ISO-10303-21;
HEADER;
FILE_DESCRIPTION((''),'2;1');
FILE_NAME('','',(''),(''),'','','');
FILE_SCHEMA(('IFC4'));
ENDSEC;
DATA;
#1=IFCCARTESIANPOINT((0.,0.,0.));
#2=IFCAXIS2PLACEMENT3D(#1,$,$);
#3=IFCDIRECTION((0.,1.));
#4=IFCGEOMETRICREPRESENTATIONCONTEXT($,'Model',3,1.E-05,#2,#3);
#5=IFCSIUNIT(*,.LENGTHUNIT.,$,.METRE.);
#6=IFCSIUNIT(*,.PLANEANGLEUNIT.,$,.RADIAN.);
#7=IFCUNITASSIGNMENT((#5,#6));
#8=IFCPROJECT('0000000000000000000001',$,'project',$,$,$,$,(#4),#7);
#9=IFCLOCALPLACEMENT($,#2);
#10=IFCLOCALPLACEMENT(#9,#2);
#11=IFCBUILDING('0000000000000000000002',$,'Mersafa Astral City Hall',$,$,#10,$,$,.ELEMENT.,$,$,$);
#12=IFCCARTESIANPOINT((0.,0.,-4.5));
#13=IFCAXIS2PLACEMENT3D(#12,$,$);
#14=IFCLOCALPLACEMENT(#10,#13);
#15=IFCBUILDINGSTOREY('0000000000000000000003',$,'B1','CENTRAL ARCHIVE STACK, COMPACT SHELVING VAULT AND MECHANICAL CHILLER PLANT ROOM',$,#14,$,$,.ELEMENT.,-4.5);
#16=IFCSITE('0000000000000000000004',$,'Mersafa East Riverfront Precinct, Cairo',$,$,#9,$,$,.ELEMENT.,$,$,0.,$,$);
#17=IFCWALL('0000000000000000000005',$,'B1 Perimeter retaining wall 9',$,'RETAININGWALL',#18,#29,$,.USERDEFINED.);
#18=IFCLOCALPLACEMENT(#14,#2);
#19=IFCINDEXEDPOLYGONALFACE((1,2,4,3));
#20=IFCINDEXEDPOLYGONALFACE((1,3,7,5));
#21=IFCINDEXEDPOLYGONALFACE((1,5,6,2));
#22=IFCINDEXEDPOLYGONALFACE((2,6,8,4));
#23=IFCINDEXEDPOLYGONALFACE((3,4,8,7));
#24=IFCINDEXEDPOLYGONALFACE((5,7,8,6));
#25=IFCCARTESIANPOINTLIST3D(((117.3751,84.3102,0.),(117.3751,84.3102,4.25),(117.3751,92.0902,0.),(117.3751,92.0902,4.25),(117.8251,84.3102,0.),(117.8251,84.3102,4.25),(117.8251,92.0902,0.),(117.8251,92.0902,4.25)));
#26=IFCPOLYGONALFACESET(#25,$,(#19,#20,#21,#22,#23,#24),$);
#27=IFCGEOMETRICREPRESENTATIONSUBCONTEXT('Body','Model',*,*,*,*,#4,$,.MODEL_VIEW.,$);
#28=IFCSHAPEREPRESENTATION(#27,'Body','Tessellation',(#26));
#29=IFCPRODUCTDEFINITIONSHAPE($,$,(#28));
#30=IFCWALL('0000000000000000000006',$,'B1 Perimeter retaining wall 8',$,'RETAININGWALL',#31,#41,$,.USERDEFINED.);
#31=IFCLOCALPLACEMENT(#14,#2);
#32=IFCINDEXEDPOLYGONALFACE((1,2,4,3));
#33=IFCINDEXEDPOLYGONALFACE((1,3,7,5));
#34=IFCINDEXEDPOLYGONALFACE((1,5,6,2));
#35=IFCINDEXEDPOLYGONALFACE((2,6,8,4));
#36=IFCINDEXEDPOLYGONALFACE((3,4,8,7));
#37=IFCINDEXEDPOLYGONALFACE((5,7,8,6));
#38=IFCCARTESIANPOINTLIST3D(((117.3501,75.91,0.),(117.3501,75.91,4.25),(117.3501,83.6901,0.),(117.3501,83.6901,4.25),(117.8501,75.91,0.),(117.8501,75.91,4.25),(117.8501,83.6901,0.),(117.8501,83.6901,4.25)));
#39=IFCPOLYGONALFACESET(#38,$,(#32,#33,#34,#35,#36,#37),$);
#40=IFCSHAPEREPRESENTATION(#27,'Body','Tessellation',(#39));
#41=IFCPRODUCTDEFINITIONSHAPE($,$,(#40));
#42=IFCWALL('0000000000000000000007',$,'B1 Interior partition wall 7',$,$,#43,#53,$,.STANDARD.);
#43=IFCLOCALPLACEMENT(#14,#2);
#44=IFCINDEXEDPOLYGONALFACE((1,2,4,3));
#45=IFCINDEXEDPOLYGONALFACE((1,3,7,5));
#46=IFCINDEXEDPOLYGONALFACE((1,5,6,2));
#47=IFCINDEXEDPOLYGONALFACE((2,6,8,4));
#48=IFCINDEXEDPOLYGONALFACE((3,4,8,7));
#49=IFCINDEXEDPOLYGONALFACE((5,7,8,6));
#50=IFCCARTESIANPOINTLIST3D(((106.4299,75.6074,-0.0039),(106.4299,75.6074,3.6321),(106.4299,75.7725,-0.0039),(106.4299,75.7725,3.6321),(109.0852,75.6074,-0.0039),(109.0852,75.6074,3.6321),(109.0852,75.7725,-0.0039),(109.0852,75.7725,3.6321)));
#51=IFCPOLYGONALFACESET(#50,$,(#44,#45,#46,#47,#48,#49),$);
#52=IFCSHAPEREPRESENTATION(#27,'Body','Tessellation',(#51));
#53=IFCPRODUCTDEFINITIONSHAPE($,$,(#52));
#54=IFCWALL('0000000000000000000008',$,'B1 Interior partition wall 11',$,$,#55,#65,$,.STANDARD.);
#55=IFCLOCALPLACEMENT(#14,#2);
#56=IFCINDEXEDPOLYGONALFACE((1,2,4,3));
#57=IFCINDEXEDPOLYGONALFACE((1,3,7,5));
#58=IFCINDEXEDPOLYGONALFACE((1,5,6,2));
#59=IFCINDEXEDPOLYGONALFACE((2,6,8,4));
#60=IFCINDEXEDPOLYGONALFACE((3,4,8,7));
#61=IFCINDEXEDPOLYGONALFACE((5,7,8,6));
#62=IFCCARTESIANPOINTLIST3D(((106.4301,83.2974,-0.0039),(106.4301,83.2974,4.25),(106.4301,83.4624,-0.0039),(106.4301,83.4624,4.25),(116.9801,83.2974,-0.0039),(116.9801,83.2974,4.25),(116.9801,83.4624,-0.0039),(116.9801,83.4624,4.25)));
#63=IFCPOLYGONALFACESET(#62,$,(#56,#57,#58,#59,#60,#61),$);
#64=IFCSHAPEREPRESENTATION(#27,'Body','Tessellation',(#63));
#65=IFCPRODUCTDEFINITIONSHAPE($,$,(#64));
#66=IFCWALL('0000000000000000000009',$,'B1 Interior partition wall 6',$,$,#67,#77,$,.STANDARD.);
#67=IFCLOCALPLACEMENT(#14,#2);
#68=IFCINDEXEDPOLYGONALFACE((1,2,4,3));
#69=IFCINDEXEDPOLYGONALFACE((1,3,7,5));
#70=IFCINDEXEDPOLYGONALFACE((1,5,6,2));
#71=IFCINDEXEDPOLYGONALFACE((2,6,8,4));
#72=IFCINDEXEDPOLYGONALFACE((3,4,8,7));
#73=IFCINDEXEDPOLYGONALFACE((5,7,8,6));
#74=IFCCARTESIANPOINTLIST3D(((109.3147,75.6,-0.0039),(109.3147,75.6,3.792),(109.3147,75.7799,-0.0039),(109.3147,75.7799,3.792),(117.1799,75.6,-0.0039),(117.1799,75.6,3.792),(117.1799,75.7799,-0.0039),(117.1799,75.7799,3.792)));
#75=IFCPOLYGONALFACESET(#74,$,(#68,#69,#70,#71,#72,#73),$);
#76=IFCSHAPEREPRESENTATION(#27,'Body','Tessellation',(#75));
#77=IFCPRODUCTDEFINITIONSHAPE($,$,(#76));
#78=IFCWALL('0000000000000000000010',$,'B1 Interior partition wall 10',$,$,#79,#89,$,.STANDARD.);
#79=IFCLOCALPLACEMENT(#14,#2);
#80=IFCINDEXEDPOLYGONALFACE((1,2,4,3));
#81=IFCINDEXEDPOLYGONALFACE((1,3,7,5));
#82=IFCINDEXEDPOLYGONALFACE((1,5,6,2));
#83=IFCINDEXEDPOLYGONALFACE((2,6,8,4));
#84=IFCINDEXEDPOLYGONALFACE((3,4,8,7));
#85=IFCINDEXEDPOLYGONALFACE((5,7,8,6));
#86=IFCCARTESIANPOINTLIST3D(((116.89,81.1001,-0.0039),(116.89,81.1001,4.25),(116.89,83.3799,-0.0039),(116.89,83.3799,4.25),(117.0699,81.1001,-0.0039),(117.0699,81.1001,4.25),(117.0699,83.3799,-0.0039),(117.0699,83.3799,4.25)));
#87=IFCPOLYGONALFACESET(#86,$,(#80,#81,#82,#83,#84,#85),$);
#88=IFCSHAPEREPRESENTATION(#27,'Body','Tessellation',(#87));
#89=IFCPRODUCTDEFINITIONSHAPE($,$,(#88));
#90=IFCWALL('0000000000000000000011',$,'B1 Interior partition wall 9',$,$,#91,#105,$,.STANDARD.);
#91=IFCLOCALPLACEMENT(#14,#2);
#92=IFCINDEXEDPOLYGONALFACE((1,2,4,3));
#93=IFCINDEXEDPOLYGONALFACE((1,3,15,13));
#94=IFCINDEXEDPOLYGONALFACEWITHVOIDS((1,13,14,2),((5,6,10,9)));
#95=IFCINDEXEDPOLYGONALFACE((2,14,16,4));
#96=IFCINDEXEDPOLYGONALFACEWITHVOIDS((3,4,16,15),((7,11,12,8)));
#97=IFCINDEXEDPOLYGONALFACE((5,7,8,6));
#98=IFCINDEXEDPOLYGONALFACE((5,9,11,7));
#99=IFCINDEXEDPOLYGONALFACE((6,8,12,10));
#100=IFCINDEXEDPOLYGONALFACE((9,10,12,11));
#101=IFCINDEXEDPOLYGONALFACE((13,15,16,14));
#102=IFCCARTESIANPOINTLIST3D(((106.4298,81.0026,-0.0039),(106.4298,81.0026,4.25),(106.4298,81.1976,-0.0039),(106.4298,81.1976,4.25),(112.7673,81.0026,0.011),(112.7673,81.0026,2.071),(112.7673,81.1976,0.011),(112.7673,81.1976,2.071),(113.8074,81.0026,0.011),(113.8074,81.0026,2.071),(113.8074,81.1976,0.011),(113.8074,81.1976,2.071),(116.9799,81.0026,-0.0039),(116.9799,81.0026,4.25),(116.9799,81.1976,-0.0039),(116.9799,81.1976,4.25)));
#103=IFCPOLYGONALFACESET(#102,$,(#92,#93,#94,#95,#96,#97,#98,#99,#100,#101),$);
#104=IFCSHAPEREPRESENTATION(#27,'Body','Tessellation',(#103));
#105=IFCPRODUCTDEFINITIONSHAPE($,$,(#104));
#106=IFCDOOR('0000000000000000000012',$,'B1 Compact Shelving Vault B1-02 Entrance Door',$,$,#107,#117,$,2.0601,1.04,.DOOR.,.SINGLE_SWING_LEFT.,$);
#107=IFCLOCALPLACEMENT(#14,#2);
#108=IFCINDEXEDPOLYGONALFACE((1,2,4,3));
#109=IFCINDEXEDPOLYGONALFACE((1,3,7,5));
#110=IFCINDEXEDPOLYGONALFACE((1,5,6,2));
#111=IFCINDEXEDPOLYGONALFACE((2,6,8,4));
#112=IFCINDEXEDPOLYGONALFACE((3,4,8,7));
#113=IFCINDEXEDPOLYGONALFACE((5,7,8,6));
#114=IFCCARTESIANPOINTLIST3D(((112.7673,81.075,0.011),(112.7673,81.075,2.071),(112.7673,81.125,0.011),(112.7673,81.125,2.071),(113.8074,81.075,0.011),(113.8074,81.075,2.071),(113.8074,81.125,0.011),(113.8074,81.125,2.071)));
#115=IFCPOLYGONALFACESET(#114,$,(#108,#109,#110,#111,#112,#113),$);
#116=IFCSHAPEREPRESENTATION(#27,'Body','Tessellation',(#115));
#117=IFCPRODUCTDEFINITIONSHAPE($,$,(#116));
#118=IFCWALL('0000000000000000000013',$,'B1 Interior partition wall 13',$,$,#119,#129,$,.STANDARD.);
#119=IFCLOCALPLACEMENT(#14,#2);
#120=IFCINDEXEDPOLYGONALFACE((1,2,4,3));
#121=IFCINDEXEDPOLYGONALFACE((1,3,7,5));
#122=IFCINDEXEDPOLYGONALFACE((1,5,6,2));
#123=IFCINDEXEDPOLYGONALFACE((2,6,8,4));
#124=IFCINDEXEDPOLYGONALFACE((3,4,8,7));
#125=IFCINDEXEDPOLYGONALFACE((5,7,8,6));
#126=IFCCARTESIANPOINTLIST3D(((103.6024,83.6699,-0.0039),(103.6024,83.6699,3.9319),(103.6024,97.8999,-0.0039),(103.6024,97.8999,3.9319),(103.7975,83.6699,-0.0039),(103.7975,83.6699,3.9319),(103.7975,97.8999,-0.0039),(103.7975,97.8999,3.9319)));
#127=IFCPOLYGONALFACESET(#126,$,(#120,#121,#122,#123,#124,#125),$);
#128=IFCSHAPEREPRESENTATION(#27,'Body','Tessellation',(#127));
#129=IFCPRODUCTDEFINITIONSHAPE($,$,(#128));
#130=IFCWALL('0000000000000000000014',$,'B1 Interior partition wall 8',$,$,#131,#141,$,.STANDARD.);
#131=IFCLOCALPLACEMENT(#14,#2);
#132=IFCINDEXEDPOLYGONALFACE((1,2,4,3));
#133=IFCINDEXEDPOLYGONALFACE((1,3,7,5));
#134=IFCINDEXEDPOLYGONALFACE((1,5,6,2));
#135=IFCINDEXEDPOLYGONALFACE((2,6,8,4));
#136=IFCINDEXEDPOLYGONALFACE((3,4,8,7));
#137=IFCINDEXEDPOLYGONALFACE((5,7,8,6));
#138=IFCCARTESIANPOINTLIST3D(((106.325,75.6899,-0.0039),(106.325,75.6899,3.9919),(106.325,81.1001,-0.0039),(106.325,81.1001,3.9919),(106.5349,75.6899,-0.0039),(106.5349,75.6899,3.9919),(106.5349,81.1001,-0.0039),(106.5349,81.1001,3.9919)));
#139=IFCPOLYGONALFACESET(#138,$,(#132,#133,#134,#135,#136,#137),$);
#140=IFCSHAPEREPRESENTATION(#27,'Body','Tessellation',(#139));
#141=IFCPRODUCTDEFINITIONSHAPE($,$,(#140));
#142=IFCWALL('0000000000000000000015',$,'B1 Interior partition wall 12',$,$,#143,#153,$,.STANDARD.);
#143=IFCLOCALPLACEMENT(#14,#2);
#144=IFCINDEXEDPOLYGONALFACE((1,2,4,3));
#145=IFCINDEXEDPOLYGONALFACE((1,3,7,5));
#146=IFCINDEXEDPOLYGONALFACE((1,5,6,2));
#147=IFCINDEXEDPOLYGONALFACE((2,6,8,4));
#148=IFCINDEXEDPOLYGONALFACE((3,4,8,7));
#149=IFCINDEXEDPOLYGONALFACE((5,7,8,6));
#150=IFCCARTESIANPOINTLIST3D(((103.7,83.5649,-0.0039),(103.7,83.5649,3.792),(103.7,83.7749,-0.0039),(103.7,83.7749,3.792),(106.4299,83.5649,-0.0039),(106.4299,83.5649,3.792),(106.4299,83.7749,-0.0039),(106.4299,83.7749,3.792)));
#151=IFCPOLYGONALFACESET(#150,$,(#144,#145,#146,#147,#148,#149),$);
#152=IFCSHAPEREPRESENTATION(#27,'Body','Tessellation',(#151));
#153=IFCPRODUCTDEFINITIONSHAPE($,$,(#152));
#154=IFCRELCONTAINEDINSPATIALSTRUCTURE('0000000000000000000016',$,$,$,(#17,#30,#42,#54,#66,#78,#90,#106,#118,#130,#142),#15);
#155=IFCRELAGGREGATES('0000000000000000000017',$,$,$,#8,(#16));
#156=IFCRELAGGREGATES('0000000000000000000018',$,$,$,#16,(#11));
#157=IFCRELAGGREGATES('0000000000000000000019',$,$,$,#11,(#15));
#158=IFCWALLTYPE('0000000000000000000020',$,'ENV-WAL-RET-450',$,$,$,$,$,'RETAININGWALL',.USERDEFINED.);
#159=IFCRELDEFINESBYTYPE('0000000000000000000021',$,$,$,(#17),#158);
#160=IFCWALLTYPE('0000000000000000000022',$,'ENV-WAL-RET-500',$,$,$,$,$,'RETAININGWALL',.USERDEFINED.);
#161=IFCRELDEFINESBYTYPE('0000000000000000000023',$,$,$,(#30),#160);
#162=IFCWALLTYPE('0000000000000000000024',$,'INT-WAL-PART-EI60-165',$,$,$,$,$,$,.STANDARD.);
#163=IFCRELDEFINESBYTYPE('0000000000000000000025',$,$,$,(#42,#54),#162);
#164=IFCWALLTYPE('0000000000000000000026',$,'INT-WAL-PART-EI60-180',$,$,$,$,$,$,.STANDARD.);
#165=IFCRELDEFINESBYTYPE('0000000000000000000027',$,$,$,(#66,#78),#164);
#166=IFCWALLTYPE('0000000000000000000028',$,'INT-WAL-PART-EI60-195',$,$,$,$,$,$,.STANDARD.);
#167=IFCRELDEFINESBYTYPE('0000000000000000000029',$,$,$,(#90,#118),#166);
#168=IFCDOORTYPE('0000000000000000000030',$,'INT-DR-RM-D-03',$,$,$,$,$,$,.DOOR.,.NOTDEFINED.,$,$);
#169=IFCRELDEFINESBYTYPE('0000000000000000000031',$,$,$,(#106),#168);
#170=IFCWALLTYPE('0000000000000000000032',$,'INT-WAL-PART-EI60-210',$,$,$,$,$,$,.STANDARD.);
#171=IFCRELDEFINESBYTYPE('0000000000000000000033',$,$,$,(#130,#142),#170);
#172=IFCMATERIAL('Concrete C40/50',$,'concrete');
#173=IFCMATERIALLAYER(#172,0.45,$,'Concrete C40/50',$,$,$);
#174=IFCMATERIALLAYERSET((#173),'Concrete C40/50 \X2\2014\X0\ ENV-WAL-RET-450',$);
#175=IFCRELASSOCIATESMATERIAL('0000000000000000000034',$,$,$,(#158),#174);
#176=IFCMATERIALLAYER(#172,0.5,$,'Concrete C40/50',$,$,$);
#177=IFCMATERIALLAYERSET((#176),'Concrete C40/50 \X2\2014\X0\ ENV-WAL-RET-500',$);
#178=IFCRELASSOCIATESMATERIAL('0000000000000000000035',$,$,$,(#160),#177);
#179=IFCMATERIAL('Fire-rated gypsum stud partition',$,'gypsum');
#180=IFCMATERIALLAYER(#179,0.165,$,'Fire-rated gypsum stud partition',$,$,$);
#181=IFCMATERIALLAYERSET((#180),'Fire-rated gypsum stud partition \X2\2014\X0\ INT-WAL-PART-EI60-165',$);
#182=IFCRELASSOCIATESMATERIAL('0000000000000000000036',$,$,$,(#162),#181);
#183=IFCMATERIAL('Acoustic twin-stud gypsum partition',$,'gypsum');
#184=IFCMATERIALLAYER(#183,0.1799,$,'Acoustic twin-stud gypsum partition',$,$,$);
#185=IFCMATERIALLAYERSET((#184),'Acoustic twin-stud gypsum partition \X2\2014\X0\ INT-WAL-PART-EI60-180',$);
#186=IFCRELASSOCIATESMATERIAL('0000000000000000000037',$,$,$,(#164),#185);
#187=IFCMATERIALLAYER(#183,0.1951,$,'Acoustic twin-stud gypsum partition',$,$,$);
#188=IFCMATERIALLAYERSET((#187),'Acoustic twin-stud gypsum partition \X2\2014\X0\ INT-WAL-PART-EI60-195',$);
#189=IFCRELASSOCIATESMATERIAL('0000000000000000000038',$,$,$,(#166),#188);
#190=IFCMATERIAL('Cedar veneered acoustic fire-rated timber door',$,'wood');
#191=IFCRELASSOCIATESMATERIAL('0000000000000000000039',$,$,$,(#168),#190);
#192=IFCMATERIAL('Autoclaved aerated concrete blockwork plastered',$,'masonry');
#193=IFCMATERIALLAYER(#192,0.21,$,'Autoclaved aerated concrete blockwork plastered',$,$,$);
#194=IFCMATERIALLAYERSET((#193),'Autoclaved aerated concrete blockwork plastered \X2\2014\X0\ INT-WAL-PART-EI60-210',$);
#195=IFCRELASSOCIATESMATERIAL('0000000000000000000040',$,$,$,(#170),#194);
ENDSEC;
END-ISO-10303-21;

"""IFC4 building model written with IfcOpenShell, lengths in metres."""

from ifc_helpers import new_model, si_unit, direction, frame, frame_2d, origin, place, context, subcontext, project, spatial, rectangle, extrude, material, layer, layer_set, type_object, element, fill, save


model = new_model("IFC4")

# Units and contexts
model_context = context("Model", 3, precision=1e-05, world=origin(), true_north=direction((0.0, 1.0)))
body_context = subcontext(model_context, "Body", "Model", "MODEL_VIEW")
ifc_project = project(units=[si_unit("LENGTHUNIT", "METRE"), si_unit("PLANEANGLEUNIT", "RADIAN")], contexts=[model_context])

# Site, building, storey
site_placement = place(None, origin())
site = spatial("IfcSite", under=ifc_project, at=site_placement, Name="Mersafa East Riverfront Precinct, Cairo", CompositionType="ELEMENT", RefElevation=0.0)
building_placement = place(site_placement, origin())
building = spatial("IfcBuilding", under=site, at=building_placement, Name="Mersafa Astral City Hall", CompositionType="ELEMENT")
storey_placement = place(building_placement, frame((0.0, 0.0, -4.5)))
storey = spatial("IfcBuildingStorey", under=building, at=storey_placement, Name="B1", Description="CENTRAL ARCHIVE STACK, COMPACT SHELVING VAULT AND MECHANICAL CHILLER PLANT ROOM", CompositionType="ELEMENT", Elevation=-4.5)

# Shared definitions
ifc_material_1 = material(Name="Concrete C40/50", Category="concrete")

# Walls
ifc_layer_1 = layer(ifc_material_1, 0.45, Name="Concrete C40/50")
ifc_layer_set_1 = layer_set([ifc_layer_1], Name="Concrete C40/50 — ENV-WAL-RET-450")
wall_type_1 = type_object("IfcWallType", Name="ENV-WAL-RET-450", ElementType="RETAININGWALL", PredefinedType="USERDEFINED", material=ifc_layer_set_1)
wall_1_placement = place(storey_placement, frame((117.6001, 84.3101, 0.0), z_axis=(0.0, 0.0, 1.0), x_axis=(0.0, 1.0, 0.0)))
element("IfcWall", 1, at=wall_1_placement, inside=storey, type_object=wall_type_1, Name="B1 Perimeter retaining wall 9", ObjectType="RETAININGWALL", PredefinedType="USERDEFINED", context=body_context, shape_type="SweptSolid", body=[
    extrude(rectangle(XDim=7.78, YDim=0.45, at=frame_2d((3.8901, 0.0))), origin(), (0.0, 0.0, 1.0), 4.25),
])
ifc_layer_2 = layer(ifc_material_1, 0.5, Name="Concrete C40/50")
ifc_layer_set_2 = layer_set([ifc_layer_2], Name="Concrete C40/50 — ENV-WAL-RET-500")
wall_type_2 = type_object("IfcWallType", Name="ENV-WAL-RET-500", ElementType="RETAININGWALL", PredefinedType="USERDEFINED", material=ifc_layer_set_2)
wall_2_placement = place(storey_placement, frame((117.6001, 75.9099, 0.0), z_axis=(0.0, 0.0, 1.0), x_axis=(0.0, 1.0, 0.0)))
element("IfcWall", 2, at=wall_2_placement, inside=storey, type_object=wall_type_2, Name="B1 Perimeter retaining wall 8", ObjectType="RETAININGWALL", PredefinedType="USERDEFINED", context=body_context, shape_type="SweptSolid", body=[
    extrude(rectangle(XDim=7.78, YDim=0.5, at=frame_2d((3.8901, 0.0))), origin(), (0.0, 0.0, 1.0), 4.25),
])
ifc_material_2 = material(Name="Fire-rated gypsum stud partition", Category="gypsum")
ifc_layer_3 = layer(ifc_material_2, 0.165, Name="Fire-rated gypsum stud partition")
ifc_layer_set_3 = layer_set([ifc_layer_3], Name="Fire-rated gypsum stud partition — INT-WAL-PART-EI60-165")
wall_type_3 = type_object("IfcWallType", Name="INT-WAL-PART-EI60-165", PredefinedType="STANDARD", material=ifc_layer_set_3)
wall_3_placement = place(storey_placement, frame((109.0852, 75.6899, -0.0039), z_axis=(0.0, 0.0, 1.0), x_axis=(-1.0, 0.0, 0.0)))
element("IfcWall", 3, at=wall_3_placement, inside=storey, type_object=wall_type_3, Name="B1 Interior partition wall 7", PredefinedType="STANDARD", context=body_context, shape_type="SweptSolid", body=[
    extrude(rectangle(XDim=2.6553, YDim=0.165, at=frame_2d((1.3276, 0.0))), origin(), (0.0, 0.0, 1.0), 3.636),
])
wall_4_placement = place(storey_placement, frame((116.98, 83.3799, -0.0039), z_axis=(0.0, 0.0, 1.0), x_axis=(-1.0, 0.0, 0.0)))
element("IfcWall", 4, at=wall_4_placement, inside=storey, type_object=wall_type_3, Name="B1 Interior partition wall 11", PredefinedType="STANDARD", context=body_context, shape_type="SweptSolid", body=[
    extrude(rectangle(XDim=10.55, YDim=0.165, at=frame_2d((5.2749, 0.0))), origin(), (0.0, 0.0, 1.0), 4.2539),
])
ifc_material_3 = material(Name="Acoustic twin-stud gypsum partition", Category="gypsum")
ifc_layer_4 = layer(ifc_material_3, 0.1799, Name="Acoustic twin-stud gypsum partition")
ifc_layer_set_4 = layer_set([ifc_layer_4], Name="Acoustic twin-stud gypsum partition — INT-WAL-PART-EI60-180")
wall_type_4 = type_object("IfcWallType", Name="INT-WAL-PART-EI60-180", PredefinedType="STANDARD", material=ifc_layer_set_4)
wall_5_placement = place(storey_placement, frame((117.1799, 75.6899, -0.0039), z_axis=(0.0, 0.0, 1.0), x_axis=(-1.0, 0.0, 0.0)))
element("IfcWall", 5, at=wall_5_placement, inside=storey, type_object=wall_type_4, Name="B1 Interior partition wall 6", PredefinedType="STANDARD", context=body_context, shape_type="SweptSolid", body=[
    extrude(rectangle(XDim=7.8652, YDim=0.1799, at=frame_2d((3.9326, 0.0))), origin(), (0.0, 0.0, 1.0), 3.7959),
])
wall_6_placement = place(storey_placement, frame((116.98, 81.1001, -0.0039), z_axis=(0.0, 0.0, 1.0), x_axis=(0.0, 1.0, 0.0)))
element("IfcWall", 6, at=wall_6_placement, inside=storey, type_object=wall_type_4, Name="B1 Interior partition wall 10", PredefinedType="STANDARD", context=body_context, shape_type="SweptSolid", body=[
    extrude(rectangle(XDim=2.2798, YDim=0.1799, at=frame_2d((1.1399, 0.0))), origin(), (0.0, 0.0, 1.0), 4.2539),
])

# Wall, opening, door
ifc_layer_5 = layer(ifc_material_3, 0.1951, Name="Acoustic twin-stud gypsum partition")
ifc_layer_set_5 = layer_set([ifc_layer_5], Name="Acoustic twin-stud gypsum partition — INT-WAL-PART-EI60-195")
wall_type_5 = type_object("IfcWallType", Name="INT-WAL-PART-EI60-195", PredefinedType="STANDARD", material=ifc_layer_set_5)
wall_7_placement = place(storey_placement, frame((106.4299, 81.1001, -0.0039), z_axis=(0.0, 0.0, 1.0), x_axis=(1.0, 0.0, 0.0)))
wall_7 = element("IfcWall", 7, at=wall_7_placement, inside=storey, type_object=wall_type_5, Name="B1 Interior partition wall 9", PredefinedType="STANDARD", context=body_context, shape_type="SweptSolid", body=[
    extrude(rectangle(XDim=10.55, YDim=0.1951, at=frame_2d((5.2749, 0.0))), origin(), (0.0, 0.0, 1.0), 4.2539),
])
opening_placement = place(wall_7_placement, frame((6.3374, 0.0, 0.0149)))
opening = element("IfcOpeningElement", 8, at=opening_placement, cuts=wall_7, PredefinedType="OPENING", context=body_context, shape_type="SweptSolid", body=[
    extrude(rectangle(XDim=1.04, YDim=2.0601, at=frame_2d((0.52, 1.03))), frame((0.0, 0.1074, 0.0), z_axis=(0.0, -1.0, 0.0), x_axis=(1.0, 0.0, 0.0)), (0.0, 0.0, 1.0), 0.2151),
])
ifc_material_4 = material(Name="Cedar veneered acoustic fire-rated timber door", Category="wood")
door_type = type_object("IfcDoorType", Name="INT-DR-RM-D-03", OperationType="NOTDEFINED", PredefinedType="DOOR", material=ifc_material_4)
door_placement = place(opening_placement, origin())
door = element("IfcDoor", 9, at=door_placement, inside=storey, type_object=door_type, Name="B1 Compact Shelving Vault B1-02 Entrance Door", OperationType="SINGLE_SWING_LEFT", OverallHeight=2.0601, OverallWidth=1.04, PredefinedType="DOOR", context=body_context, shape_type="SweptSolid", body=[
    extrude(rectangle(XDim=1.04, YDim=2.0601, at=frame_2d((0.52, 1.03))), frame((0.0, 0.0249, 0.0), z_axis=(0.0, -1.0, 0.0), x_axis=(1.0, 0.0, 0.0)), (0.0, 0.0, 1.0), 0.05),
])
fill(opening, door)

# Walls
wall_8_placement = place(storey_placement, frame((103.7, 83.6699, -0.0039), z_axis=(0.0, 0.0, 1.0), x_axis=(0.0, 1.0, 0.0)))
element("IfcWall", 10, at=wall_8_placement, inside=storey, type_object=wall_type_5, Name="B1 Interior partition wall 13", PredefinedType="STANDARD", context=body_context, shape_type="SweptSolid", body=[
    extrude(rectangle(XDim=14.23, YDim=0.1951, at=frame_2d((7.115, 0.0))), origin(), (0.0, 0.0, 1.0), 3.9358),
])
ifc_material_5 = material(Name="Autoclaved aerated concrete blockwork plastered", Category="masonry")
ifc_layer_6 = layer(ifc_material_5, 0.21, Name="Autoclaved aerated concrete blockwork plastered")
ifc_layer_set_6 = layer_set([ifc_layer_6], Name="Autoclaved aerated concrete blockwork plastered — INT-WAL-PART-EI60-210")
wall_type_6 = type_object("IfcWallType", Name="INT-WAL-PART-EI60-210", PredefinedType="STANDARD", material=ifc_layer_set_6)
wall_9_placement = place(storey_placement, frame((106.4299, 75.6899, -0.0039), z_axis=(0.0, 0.0, 1.0), x_axis=(0.0, 1.0, 0.0)))
element("IfcWall", 11, at=wall_9_placement, inside=storey, type_object=wall_type_6, Name="B1 Interior partition wall 8", PredefinedType="STANDARD", context=body_context, shape_type="SweptSolid", body=[
    extrude(rectangle(XDim=5.4102, YDim=0.21, at=frame_2d((2.7051, 0.0))), origin(), (0.0, 0.0, 1.0), 3.9958),
])
wall_10_placement = place(storey_placement, frame((106.4299, 83.6699, -0.0039), z_axis=(0.0, 0.0, 1.0), x_axis=(-1.0, 0.0, 0.0)))
element("IfcWall", 12, at=wall_10_placement, inside=storey, type_object=wall_type_6, Name="B1 Interior partition wall 12", PredefinedType="STANDARD", context=body_context, shape_type="SweptSolid", body=[
    extrude(rectangle(XDim=2.73, YDim=0.21, at=frame_2d((1.365, 0.0))), origin(), (0.0, 0.0, 1.0), 3.7959),
])

save(model, "model.ifc")
